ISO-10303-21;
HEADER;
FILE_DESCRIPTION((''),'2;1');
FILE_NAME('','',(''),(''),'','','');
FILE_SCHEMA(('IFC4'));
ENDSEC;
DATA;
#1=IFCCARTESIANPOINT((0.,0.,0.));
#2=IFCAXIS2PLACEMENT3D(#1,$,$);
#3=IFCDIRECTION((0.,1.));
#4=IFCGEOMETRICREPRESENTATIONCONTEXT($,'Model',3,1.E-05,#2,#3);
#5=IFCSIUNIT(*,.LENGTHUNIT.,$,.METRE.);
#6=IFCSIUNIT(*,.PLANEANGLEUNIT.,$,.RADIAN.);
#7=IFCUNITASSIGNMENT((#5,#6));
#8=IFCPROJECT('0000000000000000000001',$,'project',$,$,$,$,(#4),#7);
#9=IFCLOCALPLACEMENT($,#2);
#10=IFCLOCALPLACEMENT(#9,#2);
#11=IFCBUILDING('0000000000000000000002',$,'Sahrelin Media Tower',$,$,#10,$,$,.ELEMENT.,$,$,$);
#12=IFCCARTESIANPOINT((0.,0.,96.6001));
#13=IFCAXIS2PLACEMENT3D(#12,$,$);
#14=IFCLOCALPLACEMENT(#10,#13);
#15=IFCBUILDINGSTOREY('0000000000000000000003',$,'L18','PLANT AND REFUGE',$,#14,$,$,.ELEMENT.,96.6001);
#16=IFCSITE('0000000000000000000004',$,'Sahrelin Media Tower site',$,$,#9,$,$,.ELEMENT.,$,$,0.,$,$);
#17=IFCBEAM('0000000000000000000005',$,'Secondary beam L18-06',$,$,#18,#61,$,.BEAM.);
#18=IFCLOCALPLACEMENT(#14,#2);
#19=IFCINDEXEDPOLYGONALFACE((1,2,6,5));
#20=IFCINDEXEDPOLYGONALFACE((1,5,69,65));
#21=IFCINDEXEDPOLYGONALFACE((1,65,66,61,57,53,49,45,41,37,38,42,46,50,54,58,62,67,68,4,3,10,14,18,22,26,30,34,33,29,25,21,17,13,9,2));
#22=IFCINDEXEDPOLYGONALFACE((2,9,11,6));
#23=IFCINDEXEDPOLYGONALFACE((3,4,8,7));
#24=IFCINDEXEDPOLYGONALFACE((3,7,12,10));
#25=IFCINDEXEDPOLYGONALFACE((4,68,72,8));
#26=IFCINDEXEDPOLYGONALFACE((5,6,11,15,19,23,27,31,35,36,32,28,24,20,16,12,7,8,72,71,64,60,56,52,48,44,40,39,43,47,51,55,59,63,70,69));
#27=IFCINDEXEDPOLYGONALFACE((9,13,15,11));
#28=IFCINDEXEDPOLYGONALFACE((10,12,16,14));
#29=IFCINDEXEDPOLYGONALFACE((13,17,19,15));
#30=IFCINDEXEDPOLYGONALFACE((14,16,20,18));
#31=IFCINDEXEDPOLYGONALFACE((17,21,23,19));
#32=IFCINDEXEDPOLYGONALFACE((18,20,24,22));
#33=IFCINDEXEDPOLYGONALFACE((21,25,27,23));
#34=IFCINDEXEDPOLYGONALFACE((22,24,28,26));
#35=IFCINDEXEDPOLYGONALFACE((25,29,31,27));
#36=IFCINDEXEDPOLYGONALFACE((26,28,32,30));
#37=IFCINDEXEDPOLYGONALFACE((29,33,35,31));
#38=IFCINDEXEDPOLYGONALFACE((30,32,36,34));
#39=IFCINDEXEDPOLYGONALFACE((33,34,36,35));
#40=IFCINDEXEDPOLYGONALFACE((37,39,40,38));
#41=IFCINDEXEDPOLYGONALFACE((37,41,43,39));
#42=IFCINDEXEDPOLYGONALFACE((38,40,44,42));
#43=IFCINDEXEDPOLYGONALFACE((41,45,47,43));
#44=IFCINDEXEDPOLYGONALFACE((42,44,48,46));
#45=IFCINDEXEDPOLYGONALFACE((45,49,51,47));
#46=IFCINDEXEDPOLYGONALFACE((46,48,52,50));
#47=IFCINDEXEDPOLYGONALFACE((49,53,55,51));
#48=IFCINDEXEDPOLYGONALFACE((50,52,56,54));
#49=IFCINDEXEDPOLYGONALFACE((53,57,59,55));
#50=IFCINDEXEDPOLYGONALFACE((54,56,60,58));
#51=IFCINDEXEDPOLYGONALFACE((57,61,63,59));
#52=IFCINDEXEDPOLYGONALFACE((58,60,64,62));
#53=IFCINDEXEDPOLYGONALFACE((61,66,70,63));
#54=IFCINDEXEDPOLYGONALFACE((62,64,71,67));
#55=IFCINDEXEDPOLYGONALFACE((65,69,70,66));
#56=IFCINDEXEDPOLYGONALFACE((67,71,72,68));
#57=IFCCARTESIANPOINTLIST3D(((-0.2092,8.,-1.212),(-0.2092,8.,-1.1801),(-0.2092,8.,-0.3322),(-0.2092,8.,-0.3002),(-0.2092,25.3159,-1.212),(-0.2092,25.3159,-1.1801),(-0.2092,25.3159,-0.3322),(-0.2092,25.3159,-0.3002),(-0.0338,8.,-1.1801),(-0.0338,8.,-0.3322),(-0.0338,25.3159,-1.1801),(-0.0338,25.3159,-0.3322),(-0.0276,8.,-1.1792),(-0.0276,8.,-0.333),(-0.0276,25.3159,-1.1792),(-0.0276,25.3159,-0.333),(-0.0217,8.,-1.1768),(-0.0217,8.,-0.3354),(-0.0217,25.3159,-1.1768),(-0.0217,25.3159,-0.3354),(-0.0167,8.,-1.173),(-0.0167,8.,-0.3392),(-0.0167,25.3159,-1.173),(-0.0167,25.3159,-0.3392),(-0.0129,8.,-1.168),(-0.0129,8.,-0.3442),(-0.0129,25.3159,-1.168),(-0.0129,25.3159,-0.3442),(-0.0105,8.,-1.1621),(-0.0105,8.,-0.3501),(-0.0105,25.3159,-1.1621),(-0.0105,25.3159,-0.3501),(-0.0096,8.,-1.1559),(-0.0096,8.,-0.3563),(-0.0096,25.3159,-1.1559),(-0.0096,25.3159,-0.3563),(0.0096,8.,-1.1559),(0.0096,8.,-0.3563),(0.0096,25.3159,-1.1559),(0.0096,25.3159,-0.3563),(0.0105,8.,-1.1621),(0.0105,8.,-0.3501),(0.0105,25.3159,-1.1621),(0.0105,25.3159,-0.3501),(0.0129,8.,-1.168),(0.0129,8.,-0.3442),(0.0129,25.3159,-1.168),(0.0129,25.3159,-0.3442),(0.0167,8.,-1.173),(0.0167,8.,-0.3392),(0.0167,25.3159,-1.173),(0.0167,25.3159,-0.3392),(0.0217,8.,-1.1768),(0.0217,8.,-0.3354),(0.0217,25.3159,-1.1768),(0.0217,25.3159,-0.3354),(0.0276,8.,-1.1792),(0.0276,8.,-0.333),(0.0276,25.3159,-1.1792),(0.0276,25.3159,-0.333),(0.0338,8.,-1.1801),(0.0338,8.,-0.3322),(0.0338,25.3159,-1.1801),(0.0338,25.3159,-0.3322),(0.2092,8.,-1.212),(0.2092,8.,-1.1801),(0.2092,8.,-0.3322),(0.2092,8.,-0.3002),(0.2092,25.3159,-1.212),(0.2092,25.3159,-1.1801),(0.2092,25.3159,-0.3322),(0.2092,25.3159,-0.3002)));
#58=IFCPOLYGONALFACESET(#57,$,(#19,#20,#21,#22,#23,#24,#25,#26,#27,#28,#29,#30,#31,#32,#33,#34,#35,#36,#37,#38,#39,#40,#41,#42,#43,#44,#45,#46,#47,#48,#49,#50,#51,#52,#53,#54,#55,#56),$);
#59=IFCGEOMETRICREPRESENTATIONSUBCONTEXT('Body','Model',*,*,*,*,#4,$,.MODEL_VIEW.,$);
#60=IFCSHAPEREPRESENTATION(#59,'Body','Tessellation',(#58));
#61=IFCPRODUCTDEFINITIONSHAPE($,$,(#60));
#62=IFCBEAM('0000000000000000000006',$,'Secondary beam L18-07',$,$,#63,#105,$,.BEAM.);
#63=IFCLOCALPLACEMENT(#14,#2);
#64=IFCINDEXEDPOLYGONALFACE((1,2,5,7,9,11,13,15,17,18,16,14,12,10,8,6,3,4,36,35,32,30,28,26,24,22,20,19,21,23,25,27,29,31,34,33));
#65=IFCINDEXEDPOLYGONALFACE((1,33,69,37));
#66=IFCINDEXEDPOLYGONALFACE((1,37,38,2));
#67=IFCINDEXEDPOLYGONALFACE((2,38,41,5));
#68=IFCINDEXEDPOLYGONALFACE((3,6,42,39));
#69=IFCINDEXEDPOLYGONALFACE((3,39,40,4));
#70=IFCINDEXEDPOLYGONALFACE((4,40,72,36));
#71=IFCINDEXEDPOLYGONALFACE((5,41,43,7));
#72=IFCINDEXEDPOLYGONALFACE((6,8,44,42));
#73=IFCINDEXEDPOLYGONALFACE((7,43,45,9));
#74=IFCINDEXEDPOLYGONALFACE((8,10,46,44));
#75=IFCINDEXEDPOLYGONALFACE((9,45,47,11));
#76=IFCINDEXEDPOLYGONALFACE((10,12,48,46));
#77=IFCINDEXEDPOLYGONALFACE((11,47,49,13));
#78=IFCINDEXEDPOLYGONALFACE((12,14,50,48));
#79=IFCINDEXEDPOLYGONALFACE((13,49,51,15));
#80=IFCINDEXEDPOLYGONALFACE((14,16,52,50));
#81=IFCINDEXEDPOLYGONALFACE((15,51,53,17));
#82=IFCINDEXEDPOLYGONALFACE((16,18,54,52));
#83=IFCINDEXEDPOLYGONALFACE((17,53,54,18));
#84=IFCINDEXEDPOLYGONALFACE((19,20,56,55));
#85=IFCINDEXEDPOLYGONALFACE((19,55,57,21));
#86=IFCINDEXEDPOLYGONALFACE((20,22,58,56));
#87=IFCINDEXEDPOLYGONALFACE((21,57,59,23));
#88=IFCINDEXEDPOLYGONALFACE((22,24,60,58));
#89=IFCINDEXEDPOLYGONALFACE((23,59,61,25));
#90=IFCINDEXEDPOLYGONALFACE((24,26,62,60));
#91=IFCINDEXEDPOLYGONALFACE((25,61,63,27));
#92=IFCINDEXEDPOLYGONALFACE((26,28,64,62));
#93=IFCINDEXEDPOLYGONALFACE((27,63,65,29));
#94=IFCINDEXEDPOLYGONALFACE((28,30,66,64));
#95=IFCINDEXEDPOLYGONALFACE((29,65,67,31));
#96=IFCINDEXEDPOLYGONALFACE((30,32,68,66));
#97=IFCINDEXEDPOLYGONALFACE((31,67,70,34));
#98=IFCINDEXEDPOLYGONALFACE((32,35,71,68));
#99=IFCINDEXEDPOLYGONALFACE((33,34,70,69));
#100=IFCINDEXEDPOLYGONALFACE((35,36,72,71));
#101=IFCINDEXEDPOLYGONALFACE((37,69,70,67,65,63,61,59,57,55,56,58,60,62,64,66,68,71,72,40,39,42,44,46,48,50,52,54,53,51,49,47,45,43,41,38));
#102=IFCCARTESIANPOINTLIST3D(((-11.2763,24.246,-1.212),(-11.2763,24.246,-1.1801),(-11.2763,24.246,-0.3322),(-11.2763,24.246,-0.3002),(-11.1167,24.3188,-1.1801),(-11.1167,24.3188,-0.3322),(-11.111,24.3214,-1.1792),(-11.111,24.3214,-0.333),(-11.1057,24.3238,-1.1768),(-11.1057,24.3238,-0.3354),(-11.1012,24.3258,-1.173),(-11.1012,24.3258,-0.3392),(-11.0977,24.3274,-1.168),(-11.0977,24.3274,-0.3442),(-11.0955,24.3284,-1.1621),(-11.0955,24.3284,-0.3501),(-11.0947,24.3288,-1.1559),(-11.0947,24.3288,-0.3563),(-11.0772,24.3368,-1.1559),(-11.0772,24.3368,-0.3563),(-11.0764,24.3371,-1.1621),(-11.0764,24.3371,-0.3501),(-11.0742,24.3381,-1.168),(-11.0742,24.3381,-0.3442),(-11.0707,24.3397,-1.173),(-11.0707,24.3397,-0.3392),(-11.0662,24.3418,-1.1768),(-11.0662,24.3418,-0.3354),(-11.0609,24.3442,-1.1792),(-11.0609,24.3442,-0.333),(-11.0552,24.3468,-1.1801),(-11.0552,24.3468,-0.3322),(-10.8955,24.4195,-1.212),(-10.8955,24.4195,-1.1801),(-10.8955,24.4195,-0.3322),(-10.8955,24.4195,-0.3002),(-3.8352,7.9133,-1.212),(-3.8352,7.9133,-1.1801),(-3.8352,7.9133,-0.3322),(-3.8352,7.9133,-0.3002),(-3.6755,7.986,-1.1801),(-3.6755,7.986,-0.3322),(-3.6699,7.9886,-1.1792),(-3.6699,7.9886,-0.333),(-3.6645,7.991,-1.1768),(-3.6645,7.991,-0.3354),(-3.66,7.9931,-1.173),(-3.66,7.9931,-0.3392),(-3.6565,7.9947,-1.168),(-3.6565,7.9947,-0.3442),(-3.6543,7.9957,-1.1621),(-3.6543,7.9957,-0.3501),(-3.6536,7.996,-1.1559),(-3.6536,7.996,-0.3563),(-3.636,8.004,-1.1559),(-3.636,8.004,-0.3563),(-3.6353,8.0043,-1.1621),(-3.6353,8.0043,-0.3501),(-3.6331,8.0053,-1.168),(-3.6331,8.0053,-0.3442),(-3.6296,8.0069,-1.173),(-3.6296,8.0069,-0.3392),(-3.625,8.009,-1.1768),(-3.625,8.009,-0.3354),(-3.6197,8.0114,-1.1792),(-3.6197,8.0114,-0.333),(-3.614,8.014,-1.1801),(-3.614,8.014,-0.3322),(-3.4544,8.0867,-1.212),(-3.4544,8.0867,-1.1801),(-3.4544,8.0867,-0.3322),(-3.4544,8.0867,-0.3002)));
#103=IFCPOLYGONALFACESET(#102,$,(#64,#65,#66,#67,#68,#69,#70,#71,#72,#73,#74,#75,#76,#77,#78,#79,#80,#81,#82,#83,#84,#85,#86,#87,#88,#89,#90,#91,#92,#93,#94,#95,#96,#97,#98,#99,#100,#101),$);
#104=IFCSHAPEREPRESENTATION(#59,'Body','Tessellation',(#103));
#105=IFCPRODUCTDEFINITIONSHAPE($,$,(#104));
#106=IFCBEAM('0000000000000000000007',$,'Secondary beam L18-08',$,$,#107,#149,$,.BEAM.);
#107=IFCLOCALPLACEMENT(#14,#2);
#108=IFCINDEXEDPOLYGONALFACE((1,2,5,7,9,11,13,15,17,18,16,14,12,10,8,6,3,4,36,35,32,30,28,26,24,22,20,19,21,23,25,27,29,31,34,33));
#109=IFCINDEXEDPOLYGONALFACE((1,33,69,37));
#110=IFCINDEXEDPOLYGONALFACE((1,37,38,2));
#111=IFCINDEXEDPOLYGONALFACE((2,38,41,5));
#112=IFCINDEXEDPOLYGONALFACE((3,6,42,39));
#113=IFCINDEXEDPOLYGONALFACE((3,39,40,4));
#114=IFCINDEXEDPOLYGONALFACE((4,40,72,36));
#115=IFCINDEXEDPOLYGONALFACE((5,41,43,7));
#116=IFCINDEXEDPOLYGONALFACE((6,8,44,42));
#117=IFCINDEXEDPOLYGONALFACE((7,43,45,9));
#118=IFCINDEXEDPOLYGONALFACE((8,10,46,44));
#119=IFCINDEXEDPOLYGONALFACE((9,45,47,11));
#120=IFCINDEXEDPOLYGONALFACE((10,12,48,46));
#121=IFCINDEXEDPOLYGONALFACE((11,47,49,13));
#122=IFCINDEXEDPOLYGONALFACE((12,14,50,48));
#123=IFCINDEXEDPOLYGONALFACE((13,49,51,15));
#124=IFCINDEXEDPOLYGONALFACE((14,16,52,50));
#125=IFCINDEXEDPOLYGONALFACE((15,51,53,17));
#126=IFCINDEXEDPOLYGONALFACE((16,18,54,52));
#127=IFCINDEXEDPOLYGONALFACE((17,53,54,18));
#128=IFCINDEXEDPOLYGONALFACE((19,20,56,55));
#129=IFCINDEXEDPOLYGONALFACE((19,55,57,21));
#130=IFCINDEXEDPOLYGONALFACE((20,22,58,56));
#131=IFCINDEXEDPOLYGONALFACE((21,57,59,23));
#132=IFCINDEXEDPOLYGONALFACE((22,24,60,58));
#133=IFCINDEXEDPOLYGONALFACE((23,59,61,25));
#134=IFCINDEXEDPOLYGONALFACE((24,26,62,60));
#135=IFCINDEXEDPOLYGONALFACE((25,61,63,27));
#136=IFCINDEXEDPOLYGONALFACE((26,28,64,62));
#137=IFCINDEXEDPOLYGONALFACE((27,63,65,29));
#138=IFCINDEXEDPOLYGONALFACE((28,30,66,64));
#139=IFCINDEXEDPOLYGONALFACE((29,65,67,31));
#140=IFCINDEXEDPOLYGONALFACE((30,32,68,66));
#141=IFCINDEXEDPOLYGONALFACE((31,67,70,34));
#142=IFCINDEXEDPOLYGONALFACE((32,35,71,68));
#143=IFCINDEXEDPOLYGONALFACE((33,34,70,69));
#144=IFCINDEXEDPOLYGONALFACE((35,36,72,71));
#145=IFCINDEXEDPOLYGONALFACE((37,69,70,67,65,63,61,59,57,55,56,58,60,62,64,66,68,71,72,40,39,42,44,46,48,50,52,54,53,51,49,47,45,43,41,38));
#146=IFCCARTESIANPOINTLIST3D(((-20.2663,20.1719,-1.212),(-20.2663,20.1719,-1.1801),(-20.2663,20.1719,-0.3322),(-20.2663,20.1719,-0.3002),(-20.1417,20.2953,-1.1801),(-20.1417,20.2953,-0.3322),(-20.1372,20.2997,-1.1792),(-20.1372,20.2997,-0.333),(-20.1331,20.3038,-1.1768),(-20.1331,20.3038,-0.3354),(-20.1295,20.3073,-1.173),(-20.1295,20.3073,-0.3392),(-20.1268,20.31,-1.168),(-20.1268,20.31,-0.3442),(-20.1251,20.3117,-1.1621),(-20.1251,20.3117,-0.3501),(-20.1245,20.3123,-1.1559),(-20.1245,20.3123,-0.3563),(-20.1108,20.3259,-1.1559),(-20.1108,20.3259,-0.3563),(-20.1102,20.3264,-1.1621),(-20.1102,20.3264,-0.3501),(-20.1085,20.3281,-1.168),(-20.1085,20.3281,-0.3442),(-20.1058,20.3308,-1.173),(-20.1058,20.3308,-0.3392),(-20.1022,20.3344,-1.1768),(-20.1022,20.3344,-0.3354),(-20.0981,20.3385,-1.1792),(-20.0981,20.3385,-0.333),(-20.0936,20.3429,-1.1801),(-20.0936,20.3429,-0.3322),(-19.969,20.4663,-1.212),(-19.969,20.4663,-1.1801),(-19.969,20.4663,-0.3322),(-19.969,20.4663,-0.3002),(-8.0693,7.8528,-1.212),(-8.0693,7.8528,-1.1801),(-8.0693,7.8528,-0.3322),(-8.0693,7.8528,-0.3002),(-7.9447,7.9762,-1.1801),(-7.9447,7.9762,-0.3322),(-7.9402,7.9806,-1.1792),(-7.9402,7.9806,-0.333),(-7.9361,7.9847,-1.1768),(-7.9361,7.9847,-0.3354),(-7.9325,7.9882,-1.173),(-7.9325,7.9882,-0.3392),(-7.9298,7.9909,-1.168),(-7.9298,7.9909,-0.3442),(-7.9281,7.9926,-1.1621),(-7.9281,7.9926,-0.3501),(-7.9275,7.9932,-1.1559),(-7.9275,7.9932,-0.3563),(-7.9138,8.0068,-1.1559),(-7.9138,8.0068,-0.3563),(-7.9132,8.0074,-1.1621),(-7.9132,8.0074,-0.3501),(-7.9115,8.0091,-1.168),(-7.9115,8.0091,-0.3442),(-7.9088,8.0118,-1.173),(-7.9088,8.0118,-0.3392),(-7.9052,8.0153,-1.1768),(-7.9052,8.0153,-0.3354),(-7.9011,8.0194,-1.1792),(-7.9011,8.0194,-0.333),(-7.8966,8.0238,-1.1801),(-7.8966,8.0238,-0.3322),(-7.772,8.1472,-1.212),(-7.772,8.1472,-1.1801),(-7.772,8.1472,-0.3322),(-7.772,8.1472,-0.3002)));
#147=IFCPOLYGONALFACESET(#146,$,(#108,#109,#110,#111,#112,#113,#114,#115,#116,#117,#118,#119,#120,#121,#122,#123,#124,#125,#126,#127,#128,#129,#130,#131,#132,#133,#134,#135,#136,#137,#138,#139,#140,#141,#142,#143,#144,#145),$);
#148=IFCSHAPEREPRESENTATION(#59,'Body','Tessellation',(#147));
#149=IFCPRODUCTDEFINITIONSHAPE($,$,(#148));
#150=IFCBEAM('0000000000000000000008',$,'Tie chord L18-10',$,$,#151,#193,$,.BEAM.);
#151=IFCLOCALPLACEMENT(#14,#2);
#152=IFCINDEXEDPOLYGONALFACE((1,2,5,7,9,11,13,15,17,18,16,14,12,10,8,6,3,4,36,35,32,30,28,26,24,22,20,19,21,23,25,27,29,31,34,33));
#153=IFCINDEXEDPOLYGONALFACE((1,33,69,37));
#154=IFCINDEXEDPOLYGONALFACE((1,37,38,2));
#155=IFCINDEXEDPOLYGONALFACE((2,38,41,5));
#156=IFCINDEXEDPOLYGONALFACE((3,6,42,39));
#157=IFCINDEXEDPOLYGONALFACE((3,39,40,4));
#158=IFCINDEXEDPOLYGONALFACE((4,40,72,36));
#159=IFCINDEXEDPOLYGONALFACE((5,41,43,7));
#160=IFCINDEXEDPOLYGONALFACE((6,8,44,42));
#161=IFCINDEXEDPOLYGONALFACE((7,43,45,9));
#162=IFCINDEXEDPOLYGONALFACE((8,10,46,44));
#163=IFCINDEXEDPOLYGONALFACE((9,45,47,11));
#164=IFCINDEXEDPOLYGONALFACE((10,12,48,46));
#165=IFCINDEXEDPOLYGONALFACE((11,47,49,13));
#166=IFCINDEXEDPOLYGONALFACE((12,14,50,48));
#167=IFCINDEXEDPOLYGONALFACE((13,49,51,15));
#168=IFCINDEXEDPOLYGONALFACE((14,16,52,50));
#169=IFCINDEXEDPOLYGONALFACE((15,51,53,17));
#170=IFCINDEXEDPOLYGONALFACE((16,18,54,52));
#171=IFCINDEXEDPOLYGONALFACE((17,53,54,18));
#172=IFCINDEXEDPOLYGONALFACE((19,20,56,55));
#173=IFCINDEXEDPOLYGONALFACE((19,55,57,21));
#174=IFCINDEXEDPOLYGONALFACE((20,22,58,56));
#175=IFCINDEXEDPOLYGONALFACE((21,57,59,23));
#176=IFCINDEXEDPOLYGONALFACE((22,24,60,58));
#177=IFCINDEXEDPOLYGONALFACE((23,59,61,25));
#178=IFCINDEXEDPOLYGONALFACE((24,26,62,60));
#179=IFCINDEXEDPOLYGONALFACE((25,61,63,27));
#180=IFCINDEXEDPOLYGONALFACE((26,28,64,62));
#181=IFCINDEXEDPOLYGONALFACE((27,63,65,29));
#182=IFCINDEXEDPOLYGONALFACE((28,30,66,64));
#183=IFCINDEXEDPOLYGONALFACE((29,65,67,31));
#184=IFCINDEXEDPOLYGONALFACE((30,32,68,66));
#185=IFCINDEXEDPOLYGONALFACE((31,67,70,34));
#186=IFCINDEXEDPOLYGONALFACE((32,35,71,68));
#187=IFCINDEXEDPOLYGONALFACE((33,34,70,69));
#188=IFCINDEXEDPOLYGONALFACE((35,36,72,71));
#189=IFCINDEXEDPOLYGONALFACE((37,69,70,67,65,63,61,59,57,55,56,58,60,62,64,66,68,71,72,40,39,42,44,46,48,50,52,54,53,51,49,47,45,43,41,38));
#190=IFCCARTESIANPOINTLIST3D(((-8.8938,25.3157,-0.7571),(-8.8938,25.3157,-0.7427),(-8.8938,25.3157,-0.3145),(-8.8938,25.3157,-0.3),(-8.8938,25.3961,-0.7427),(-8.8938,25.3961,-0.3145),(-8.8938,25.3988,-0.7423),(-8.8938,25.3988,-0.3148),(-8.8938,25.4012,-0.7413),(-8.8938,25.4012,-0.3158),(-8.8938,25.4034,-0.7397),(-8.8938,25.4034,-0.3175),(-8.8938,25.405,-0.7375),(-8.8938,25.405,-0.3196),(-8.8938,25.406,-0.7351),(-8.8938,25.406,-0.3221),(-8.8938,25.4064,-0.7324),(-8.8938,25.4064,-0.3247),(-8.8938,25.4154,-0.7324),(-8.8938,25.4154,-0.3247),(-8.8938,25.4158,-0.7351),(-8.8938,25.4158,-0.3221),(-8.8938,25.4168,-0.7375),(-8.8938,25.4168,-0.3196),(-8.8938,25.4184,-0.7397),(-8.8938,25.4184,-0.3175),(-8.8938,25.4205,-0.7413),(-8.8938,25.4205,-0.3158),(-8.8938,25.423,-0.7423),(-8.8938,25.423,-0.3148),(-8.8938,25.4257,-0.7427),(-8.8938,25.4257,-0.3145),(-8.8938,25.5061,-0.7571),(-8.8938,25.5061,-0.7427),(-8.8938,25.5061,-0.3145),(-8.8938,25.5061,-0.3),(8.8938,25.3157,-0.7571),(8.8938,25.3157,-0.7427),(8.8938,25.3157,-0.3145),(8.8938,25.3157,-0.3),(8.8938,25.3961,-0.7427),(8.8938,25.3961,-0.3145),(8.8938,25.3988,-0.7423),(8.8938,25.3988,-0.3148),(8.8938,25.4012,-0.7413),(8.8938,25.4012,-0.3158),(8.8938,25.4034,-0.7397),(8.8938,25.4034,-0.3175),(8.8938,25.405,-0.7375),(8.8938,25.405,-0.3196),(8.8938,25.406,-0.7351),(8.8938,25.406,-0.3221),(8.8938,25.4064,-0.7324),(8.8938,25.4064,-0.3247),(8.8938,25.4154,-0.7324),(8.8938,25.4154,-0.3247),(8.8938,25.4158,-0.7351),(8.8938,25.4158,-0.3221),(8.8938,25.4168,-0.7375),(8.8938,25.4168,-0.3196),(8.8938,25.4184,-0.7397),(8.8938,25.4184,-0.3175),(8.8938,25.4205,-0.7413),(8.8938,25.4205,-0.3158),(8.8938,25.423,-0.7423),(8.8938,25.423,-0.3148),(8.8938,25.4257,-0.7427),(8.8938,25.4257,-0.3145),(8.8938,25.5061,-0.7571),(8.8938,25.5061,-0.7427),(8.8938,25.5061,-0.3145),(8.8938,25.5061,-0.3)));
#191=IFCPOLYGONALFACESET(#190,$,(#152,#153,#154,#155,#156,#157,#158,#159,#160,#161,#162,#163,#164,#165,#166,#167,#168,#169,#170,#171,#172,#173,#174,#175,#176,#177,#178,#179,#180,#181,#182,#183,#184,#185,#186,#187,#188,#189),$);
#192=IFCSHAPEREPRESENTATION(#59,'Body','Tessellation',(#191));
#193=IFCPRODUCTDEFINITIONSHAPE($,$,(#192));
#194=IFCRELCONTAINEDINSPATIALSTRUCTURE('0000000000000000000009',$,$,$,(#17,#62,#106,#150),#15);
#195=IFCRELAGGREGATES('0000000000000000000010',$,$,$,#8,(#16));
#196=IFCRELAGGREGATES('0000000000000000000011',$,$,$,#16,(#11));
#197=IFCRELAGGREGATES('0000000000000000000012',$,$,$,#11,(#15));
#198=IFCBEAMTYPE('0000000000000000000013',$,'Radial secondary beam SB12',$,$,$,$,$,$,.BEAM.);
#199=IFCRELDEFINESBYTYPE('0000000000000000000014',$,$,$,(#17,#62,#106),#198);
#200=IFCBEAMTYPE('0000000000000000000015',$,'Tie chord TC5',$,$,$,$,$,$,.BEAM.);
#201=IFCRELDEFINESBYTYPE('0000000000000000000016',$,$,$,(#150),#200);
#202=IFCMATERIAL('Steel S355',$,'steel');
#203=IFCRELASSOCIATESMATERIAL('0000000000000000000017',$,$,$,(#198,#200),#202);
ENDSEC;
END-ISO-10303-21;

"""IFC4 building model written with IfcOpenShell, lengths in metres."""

from ifc_helpers import new_model, si_unit, direction, frame, origin, origin_2d, place, context, subcontext, project, spatial, i_section, extrude, material, material_profile, profile_set, type_object, element, save


model = new_model("IFC4")

# Units and contexts
model_context = context("Model", 3, precision=1e-05, world=origin(), true_north=direction((0.0, 1.0)))
body_context = subcontext(model_context, "Body", "Model", "MODEL_VIEW")
ifc_project = project(units=[si_unit("LENGTHUNIT", "METRE"), si_unit("PLANEANGLEUNIT", "RADIAN")], contexts=[model_context])

# Site, building, storey
site_placement = place(None, origin())
site = spatial("IfcSite", under=ifc_project, at=site_placement, Name="Sahrelin Media Tower site", CompositionType="ELEMENT", RefElevation=0.0)
building_placement = place(site_placement, origin())
building = spatial("IfcBuilding", under=site, at=building_placement, Name="Sahrelin Media Tower", CompositionType="ELEMENT")
storey_placement = place(building_placement, frame((0.0, 0.0, 96.6001)))
storey = spatial("IfcBuildingStorey", under=building, at=storey_placement, Name="L18", Description="PLANT AND REFUGE", CompositionType="ELEMENT", Elevation=96.6001)

# Beams
ifc_material_1 = material(Name="Steel S355", Category="steel")
ifc_material_profile_1 = material_profile(ifc_material_1, i_section(OverallWidth=0.4185, OverallDepth=0.9119, WebThickness=0.0193, FlangeThickness=0.032, FilletRadius=0.0242, at=origin_2d()), Name="UB 914x419x343")
ifc_profile_set_1 = profile_set([ifc_material_profile_1], Name="Steel S355")
beam_type_1 = type_object("IfcBeamType", Name="Radial secondary beam SB12", PredefinedType="BEAM", material=ifc_profile_set_1)
beam_1_placement = place(storey_placement, frame((0.0, 8.0, -0.7561), z_axis=(0.0, 1.0, 0.0), x_axis=(-1.0, 0.0, 0.0)))
element("IfcBeam", 1, at=beam_1_placement, inside=storey, type_object=beam_type_1, Name="Secondary beam L18-06", PredefinedType="BEAM", context=body_context, shape_type="SweptSolid", body=[
    extrude(i_section(OverallWidth=0.4185, OverallDepth=0.9119, WebThickness=0.0193, FlangeThickness=0.032, FilletRadius=0.0242, at=origin_2d()), origin(), (0.0, 0.0, 1.0), 17.3159),
])
beam_2_placement = place(storey_placement, frame((-3.6448, 8.0, -0.7561), z_axis=(-0.414596, 0.910006, 0.0), x_axis=(-0.910006, -0.414596, 0.0)))
element("IfcBeam", 2, at=beam_2_placement, inside=storey, type_object=beam_type_1, Name="Secondary beam L18-07", PredefinedType="BEAM", context=body_context, shape_type="SweptSolid", body=[
    extrude(i_section(OverallWidth=0.4185, OverallDepth=0.9119, WebThickness=0.0193, FlangeThickness=0.032, FilletRadius=0.0242, at=origin_2d()), origin(), (0.0, 0.0, 1.0), 17.948),
])
beam_3_placement = place(storey_placement, frame((-7.9207, 8.0, -0.7561), z_axis=(-0.703577, 0.710619, 0.0), x_axis=(-0.710619, -0.703577, 0.0)))
element("IfcBeam", 3, at=beam_3_placement, inside=storey, type_object=beam_type_1, Name="Secondary beam L18-08", PredefinedType="BEAM", context=body_context, shape_type="SweptSolid", body=[
    extrude(i_section(OverallWidth=0.4185, OverallDepth=0.9119, WebThickness=0.0193, FlangeThickness=0.032, FilletRadius=0.0242, at=origin_2d()), origin(), (0.0, 0.0, 1.0), 17.3357),
])
ifc_material_profile_2 = material_profile(ifc_material_1, i_section(OverallWidth=0.1904, OverallDepth=0.457, WebThickness=0.009, FlangeThickness=0.0144, FilletRadius=0.0103, at=origin_2d()), Name="UB 457x191x74")
ifc_profile_set_2 = profile_set([ifc_material_profile_2], Name="Steel S355")
beam_type_2 = type_object("IfcBeamType", Name="Tie chord TC5", PredefinedType="BEAM", material=ifc_profile_set_2)
beam_4_placement = place(storey_placement, frame((-8.8938, 25.4109, -0.5286), z_axis=(1.0, 0.0, 0.0), x_axis=(0.0, 1.0, 0.0)))
element("IfcBeam", 4, at=beam_4_placement, inside=storey, type_object=beam_type_2, Name="Tie chord L18-10", PredefinedType="BEAM", context=body_context, shape_type="SweptSolid", body=[
    extrude(i_section(OverallWidth=0.1904, OverallDepth=0.457, WebThickness=0.009, FlangeThickness=0.0144, FilletRadius=0.0103, at=origin_2d()), origin(), (0.0, 0.0, 1.0), 17.7876),
])

save(model, "model.ifc")
